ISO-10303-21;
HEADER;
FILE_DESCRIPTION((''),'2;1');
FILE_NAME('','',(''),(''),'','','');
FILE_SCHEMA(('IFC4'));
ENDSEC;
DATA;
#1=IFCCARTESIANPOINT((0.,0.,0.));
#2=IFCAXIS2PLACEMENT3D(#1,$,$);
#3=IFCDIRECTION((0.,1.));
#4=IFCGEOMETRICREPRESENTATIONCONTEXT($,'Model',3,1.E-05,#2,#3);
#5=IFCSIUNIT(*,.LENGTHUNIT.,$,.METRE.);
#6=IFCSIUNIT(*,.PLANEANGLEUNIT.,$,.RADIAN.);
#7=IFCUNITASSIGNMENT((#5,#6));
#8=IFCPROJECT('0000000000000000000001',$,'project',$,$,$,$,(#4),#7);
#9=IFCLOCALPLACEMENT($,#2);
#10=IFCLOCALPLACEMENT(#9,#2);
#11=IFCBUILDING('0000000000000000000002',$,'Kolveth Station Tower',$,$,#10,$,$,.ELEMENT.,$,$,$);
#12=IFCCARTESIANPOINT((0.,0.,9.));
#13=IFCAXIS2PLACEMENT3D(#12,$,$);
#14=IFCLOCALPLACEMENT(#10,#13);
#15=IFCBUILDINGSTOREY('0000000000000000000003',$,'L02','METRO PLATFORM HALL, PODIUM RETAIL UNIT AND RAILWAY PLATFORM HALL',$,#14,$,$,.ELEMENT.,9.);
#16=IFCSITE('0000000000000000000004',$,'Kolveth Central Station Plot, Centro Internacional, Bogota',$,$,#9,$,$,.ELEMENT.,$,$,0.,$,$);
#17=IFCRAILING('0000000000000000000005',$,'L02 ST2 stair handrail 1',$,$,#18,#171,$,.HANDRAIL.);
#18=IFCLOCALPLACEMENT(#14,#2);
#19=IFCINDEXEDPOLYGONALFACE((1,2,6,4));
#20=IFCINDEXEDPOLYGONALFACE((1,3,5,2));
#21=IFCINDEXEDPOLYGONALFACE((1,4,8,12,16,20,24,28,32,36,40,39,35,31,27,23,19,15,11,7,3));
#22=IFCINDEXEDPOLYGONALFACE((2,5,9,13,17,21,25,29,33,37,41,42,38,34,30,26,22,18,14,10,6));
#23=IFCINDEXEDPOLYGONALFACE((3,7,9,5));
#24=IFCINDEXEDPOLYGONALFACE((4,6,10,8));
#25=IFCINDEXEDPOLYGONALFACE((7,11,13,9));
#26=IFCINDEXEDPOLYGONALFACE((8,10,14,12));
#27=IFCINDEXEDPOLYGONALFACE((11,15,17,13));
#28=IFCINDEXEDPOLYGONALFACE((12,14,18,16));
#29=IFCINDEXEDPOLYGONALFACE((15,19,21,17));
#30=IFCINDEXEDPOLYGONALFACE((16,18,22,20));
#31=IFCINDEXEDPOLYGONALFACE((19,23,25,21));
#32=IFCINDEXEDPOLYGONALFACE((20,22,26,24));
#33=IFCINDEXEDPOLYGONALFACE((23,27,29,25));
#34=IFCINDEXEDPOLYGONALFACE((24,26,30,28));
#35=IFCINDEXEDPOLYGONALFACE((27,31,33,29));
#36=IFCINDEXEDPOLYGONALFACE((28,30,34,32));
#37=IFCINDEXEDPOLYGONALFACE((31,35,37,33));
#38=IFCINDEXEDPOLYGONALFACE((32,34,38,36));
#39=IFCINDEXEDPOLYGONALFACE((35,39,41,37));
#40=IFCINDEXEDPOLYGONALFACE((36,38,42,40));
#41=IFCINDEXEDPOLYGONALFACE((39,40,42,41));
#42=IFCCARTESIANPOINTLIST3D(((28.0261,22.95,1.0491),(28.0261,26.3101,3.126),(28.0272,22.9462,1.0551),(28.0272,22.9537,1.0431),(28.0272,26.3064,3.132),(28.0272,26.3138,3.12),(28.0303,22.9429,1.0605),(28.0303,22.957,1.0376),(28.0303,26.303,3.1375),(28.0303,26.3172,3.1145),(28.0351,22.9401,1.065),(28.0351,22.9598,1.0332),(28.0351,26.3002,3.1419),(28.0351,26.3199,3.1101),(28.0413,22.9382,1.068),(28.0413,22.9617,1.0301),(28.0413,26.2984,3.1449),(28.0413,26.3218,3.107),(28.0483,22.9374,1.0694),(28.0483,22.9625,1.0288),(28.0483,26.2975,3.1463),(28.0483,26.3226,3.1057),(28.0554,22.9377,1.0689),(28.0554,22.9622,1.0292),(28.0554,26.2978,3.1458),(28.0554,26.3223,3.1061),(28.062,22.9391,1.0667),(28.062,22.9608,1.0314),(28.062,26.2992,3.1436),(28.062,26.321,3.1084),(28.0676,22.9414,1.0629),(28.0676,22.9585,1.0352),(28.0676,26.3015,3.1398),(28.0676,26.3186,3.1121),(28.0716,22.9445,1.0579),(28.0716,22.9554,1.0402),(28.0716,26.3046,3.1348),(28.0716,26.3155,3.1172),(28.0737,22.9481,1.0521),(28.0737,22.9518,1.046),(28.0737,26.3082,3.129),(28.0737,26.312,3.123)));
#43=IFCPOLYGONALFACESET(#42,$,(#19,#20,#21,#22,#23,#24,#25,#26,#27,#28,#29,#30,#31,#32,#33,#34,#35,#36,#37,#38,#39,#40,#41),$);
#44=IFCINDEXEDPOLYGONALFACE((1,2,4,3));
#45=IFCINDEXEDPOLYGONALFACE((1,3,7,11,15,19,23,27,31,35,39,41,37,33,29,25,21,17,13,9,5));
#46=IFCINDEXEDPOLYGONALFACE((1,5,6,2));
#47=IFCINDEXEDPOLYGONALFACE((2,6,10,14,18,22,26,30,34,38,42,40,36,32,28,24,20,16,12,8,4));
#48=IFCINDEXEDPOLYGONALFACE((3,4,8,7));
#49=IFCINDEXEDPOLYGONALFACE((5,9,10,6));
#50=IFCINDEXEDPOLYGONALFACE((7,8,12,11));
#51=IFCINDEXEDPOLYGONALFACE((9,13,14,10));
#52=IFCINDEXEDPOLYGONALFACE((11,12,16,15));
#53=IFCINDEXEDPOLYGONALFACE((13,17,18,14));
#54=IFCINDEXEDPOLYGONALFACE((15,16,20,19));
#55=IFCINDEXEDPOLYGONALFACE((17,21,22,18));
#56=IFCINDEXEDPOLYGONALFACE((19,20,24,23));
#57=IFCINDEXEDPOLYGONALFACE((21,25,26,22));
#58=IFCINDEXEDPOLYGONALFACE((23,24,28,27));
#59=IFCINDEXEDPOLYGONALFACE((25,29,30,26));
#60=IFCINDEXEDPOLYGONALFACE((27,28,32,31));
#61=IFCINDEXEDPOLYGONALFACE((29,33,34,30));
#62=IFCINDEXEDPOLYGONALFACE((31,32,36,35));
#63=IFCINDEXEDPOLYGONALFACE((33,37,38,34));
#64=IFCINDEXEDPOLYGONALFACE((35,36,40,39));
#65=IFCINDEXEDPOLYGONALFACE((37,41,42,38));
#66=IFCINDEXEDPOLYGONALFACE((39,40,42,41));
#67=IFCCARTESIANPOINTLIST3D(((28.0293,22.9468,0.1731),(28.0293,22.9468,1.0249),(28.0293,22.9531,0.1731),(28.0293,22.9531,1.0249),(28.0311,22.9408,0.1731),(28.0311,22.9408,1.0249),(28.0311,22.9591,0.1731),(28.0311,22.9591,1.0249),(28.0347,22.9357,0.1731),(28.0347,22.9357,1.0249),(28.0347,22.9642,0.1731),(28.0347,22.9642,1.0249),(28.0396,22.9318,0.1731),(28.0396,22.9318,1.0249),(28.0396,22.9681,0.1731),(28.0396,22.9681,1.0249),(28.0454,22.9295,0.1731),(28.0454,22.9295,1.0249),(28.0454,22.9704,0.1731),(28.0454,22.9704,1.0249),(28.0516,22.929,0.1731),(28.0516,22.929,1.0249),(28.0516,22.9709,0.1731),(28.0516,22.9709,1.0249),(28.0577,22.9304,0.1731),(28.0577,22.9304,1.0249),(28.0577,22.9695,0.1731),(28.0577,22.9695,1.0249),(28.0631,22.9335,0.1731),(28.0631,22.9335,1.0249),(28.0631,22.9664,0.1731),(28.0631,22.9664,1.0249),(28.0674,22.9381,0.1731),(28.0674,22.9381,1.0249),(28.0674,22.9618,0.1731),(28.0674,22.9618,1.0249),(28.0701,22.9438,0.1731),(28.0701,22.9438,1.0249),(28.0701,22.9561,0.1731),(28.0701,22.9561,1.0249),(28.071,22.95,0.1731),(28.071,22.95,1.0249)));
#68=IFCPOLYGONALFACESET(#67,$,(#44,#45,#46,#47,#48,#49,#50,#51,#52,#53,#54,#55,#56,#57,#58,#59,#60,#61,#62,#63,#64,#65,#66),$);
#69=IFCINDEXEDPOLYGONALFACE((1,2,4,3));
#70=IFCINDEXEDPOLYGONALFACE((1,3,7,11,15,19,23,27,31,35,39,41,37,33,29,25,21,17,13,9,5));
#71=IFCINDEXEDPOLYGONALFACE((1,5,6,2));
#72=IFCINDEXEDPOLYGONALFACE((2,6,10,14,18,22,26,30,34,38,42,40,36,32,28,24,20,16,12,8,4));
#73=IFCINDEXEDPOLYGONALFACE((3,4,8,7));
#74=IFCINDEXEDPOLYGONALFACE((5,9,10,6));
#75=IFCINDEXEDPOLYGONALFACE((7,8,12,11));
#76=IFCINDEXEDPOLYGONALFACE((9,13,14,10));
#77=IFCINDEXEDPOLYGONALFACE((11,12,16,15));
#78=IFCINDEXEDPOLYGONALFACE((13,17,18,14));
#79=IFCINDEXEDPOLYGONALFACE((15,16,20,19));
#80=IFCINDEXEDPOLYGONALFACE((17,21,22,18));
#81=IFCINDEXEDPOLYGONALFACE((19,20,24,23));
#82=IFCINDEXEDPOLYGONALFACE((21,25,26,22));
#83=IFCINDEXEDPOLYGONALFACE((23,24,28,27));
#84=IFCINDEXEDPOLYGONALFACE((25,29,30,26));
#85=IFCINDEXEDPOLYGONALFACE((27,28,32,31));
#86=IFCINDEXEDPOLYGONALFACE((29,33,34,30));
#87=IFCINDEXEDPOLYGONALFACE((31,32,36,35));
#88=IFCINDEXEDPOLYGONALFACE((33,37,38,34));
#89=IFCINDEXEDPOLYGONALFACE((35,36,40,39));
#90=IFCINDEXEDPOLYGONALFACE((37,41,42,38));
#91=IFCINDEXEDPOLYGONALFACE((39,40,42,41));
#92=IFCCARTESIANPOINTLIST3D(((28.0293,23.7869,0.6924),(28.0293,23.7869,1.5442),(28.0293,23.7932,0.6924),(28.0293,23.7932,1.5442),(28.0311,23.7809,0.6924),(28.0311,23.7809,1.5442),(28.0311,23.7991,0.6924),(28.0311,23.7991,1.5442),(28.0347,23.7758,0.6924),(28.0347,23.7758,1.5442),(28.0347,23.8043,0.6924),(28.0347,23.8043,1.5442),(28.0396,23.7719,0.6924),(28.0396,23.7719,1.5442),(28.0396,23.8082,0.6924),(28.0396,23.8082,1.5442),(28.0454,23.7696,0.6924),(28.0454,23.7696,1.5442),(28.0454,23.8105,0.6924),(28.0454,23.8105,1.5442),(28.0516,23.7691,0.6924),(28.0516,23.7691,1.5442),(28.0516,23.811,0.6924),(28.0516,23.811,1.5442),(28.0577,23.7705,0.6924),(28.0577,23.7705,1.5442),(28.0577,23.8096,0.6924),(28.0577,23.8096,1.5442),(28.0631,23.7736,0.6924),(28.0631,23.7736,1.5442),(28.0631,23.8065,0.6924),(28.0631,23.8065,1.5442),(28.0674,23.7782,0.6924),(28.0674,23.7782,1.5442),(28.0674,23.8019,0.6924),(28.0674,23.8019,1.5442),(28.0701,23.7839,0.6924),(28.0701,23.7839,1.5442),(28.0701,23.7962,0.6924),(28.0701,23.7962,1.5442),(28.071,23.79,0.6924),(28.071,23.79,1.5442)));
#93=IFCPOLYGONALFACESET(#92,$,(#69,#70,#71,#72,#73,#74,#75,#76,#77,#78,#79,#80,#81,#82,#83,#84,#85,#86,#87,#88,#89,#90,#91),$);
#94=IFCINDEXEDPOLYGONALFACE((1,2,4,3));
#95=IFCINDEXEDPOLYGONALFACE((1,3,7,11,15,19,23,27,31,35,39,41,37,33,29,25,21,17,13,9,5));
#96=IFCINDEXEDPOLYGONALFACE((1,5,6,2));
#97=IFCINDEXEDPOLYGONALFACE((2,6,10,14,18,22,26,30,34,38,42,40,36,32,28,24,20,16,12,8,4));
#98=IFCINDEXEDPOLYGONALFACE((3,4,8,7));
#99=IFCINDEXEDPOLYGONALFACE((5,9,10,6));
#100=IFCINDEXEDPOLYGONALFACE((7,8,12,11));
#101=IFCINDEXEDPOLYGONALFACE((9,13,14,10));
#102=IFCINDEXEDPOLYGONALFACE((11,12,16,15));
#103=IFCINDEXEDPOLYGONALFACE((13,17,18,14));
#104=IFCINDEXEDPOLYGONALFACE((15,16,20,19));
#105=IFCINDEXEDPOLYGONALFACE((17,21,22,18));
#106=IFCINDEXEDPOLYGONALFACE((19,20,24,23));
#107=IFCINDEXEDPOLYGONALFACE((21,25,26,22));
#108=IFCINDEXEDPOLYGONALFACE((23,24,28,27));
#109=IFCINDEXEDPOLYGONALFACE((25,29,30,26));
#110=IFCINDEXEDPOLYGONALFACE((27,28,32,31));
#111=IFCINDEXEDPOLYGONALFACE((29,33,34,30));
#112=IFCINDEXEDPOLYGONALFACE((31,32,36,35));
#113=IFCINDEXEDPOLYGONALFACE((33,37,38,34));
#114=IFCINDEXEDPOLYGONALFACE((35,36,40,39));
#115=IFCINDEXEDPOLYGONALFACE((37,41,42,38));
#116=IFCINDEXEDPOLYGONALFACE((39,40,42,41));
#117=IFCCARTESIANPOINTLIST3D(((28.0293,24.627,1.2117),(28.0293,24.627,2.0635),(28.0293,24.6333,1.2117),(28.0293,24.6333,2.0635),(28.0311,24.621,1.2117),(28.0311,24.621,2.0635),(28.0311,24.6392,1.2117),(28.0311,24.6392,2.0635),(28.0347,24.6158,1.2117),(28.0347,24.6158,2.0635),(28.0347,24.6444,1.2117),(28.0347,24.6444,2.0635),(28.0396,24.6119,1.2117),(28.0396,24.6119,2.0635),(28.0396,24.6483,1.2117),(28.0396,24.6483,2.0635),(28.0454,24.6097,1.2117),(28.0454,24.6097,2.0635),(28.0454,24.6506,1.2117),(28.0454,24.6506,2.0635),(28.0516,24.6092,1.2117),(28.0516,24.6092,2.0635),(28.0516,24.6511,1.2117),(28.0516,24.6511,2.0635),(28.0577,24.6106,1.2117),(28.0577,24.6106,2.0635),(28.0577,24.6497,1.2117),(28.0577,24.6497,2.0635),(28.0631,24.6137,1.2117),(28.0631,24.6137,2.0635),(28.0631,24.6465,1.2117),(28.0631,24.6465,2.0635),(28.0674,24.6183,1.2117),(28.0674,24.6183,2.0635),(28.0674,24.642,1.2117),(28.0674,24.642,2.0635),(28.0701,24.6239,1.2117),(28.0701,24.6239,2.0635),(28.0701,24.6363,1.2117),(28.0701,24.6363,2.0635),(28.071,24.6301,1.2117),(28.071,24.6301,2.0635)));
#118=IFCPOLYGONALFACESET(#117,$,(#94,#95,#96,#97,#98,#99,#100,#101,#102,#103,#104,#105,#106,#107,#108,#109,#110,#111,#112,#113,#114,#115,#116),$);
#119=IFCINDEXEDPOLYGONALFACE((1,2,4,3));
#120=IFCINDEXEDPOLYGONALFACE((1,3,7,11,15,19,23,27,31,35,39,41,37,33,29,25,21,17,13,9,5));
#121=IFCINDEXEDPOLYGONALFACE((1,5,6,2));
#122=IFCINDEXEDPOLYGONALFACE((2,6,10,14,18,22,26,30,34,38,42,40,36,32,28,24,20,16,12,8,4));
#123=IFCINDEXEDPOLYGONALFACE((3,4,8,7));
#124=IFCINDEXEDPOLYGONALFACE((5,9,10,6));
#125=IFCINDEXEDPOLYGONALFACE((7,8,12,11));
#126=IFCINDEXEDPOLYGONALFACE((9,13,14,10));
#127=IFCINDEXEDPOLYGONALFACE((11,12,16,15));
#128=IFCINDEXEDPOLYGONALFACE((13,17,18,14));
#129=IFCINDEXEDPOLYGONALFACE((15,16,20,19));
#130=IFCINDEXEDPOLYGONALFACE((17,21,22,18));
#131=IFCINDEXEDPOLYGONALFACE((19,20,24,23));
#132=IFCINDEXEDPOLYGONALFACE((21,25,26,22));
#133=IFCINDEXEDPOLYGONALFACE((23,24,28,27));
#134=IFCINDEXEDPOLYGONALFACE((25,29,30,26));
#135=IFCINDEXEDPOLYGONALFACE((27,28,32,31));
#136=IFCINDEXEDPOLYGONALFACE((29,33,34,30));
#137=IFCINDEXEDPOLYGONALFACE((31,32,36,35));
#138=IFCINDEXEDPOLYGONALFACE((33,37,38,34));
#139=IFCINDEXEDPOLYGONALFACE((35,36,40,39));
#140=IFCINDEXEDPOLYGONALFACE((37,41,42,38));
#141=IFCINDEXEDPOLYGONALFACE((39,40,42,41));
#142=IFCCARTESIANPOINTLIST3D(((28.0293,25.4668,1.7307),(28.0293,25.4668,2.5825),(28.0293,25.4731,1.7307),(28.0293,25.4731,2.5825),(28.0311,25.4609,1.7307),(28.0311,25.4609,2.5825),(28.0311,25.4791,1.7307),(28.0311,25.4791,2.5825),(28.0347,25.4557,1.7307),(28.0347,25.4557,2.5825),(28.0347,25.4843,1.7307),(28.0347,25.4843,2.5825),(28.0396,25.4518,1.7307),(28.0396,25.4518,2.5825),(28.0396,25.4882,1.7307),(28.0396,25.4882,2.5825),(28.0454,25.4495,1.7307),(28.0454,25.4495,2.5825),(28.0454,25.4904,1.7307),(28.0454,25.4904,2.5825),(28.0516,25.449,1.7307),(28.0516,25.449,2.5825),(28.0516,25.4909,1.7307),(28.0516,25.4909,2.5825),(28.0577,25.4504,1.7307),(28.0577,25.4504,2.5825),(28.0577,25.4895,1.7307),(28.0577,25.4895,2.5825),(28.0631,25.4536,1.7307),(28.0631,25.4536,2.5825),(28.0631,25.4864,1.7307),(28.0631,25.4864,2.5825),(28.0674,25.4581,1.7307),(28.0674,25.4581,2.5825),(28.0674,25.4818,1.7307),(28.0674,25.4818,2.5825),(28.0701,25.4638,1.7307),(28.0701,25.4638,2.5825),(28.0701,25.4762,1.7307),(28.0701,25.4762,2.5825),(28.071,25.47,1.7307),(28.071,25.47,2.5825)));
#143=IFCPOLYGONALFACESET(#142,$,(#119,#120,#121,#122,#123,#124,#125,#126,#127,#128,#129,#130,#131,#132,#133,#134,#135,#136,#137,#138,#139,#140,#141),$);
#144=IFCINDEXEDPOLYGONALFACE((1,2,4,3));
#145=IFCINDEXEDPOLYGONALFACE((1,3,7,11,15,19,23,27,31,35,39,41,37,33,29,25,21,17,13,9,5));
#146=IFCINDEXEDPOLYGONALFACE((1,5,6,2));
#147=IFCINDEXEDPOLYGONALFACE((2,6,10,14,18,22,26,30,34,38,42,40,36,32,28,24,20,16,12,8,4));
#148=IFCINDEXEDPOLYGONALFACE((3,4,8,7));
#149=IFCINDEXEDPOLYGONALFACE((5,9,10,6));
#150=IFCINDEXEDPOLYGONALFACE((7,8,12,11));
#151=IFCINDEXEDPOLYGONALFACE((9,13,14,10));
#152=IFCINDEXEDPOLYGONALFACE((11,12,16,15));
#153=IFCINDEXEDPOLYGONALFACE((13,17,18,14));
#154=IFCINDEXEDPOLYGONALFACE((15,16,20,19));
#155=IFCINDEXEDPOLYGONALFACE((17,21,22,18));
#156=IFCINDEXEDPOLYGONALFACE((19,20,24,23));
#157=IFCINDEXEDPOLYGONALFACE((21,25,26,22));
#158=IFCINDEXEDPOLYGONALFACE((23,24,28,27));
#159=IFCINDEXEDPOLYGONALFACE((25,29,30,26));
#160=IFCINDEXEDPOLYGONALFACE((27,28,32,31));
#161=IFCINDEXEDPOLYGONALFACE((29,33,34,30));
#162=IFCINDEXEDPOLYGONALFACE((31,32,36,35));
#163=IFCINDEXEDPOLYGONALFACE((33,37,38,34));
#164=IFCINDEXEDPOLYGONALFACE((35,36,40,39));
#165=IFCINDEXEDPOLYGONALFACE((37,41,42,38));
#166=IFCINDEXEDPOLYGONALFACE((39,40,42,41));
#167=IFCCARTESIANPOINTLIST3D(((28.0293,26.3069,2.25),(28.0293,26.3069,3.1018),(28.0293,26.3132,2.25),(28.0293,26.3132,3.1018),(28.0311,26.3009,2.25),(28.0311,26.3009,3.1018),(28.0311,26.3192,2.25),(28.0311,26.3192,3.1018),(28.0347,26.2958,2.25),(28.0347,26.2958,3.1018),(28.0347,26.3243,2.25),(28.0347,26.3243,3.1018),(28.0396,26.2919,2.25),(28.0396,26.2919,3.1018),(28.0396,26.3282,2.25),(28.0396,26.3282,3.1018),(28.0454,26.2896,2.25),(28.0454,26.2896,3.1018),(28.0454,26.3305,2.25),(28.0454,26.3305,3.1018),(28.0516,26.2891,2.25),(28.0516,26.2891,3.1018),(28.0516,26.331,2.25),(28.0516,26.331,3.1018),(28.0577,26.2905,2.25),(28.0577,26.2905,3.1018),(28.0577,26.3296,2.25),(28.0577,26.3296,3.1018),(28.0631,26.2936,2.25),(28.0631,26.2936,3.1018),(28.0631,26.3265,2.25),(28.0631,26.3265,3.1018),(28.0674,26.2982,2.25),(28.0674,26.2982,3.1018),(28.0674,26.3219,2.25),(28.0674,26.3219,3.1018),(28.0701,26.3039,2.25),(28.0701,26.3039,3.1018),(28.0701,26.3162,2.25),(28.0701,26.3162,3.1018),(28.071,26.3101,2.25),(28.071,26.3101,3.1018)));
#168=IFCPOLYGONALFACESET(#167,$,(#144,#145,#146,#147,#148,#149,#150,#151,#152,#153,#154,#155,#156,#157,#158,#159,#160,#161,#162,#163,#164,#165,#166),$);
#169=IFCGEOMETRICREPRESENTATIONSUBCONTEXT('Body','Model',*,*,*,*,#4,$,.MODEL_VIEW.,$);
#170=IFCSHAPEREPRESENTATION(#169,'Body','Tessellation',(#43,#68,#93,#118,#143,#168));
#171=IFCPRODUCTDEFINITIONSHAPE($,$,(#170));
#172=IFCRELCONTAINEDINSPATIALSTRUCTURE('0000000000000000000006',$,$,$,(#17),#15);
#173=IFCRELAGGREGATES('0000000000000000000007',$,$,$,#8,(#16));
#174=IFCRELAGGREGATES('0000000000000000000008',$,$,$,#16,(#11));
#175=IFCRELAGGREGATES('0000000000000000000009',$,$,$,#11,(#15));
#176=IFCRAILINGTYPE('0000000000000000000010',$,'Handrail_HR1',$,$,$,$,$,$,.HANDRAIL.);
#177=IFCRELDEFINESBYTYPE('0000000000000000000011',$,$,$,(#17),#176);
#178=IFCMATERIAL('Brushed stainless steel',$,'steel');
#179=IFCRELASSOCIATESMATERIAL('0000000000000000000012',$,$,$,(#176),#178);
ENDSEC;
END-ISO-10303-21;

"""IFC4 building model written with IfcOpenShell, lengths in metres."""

from ifc_helpers import new_model, si_unit, direction, frame, origin, origin_2d, place, context, subcontext, project, spatial, circle, extrude, material, type_object, element, save


model = new_model("IFC4")

# Units and contexts
model_context = context("Model", 3, precision=1e-05, world=origin(), true_north=direction((0.0, 1.0)))
body_context = subcontext(model_context, "Body", "Model", "MODEL_VIEW")
ifc_project = project(units=[si_unit("LENGTHUNIT", "METRE"), si_unit("PLANEANGLEUNIT", "RADIAN")], contexts=[model_context])

# Site, building, storey
site_placement = place(None, origin())
site = spatial("IfcSite", under=ifc_project, at=site_placement, Name="Kolveth Central Station Plot, Centro Internacional, Bogota", CompositionType="ELEMENT", RefElevation=0.0)
building_placement = place(site_placement, origin())
building = spatial("IfcBuilding", under=site, at=building_placement, Name="Kolveth Station Tower", CompositionType="ELEMENT")
storey_placement = place(building_placement, frame((0.0, 0.0, 9.0)))
storey = spatial("IfcBuildingStorey", under=building, at=storey_placement, Name="L02", Description="METRO PLATFORM HALL, PODIUM RETAIL UNIT AND RAILWAY PLATFORM HALL", CompositionType="ELEMENT", Elevation=9.0)

# Railing
ifc_material_1 = material(Name="Brushed stainless steel", Category="steel")
railing_type_1 = type_object("IfcRailingType", Name="Handrail_HR1", PredefinedType="HANDRAIL", material=ifc_material_1)
for number, where, name in (
    (1, (28.05, 22.95, 0.1731), "L02 ST2 stair handrail 1"),
):
    element("IfcRailing", number, at=place(storey_placement, frame(where)), inside=storey, type_object=railing_type_1, Name=name, PredefinedType="HANDRAIL", context=body_context, shape_type="SweptSolid", body=[
        extrude(circle(Radius=0.0239, at=origin_2d()), frame((0.0, 0.0, 0.876), z_axis=(0.0, 0.850623, 0.525776), x_axis=(-1.0, 0.0, 0.0)), (0.0, 0.0, 1.0), 3.9502),
        extrude(circle(Radius=0.021, at=origin_2d()), origin(), (0.0, 0.0, 1.0), 0.8518),
        extrude(circle(Radius=0.021, at=origin_2d()), frame((0.0, 0.8401, 0.5193)), (0.0, 0.0, 1.0), 0.8518),
        extrude(circle(Radius=0.021, at=origin_2d()), frame((0.0, 1.6802, 1.0386)), (0.0, 0.0, 1.0), 0.8518),
        extrude(circle(Radius=0.021, at=origin_2d()), frame((0.0, 2.52, 1.5576)), (0.0, 0.0, 1.0), 0.8518),
        extrude(circle(Radius=0.021, at=origin_2d()), frame((0.0, 3.3601, 2.0769)), (0.0, 0.0, 1.0), 0.8518),
    ])

save(model, "model.ifc")
